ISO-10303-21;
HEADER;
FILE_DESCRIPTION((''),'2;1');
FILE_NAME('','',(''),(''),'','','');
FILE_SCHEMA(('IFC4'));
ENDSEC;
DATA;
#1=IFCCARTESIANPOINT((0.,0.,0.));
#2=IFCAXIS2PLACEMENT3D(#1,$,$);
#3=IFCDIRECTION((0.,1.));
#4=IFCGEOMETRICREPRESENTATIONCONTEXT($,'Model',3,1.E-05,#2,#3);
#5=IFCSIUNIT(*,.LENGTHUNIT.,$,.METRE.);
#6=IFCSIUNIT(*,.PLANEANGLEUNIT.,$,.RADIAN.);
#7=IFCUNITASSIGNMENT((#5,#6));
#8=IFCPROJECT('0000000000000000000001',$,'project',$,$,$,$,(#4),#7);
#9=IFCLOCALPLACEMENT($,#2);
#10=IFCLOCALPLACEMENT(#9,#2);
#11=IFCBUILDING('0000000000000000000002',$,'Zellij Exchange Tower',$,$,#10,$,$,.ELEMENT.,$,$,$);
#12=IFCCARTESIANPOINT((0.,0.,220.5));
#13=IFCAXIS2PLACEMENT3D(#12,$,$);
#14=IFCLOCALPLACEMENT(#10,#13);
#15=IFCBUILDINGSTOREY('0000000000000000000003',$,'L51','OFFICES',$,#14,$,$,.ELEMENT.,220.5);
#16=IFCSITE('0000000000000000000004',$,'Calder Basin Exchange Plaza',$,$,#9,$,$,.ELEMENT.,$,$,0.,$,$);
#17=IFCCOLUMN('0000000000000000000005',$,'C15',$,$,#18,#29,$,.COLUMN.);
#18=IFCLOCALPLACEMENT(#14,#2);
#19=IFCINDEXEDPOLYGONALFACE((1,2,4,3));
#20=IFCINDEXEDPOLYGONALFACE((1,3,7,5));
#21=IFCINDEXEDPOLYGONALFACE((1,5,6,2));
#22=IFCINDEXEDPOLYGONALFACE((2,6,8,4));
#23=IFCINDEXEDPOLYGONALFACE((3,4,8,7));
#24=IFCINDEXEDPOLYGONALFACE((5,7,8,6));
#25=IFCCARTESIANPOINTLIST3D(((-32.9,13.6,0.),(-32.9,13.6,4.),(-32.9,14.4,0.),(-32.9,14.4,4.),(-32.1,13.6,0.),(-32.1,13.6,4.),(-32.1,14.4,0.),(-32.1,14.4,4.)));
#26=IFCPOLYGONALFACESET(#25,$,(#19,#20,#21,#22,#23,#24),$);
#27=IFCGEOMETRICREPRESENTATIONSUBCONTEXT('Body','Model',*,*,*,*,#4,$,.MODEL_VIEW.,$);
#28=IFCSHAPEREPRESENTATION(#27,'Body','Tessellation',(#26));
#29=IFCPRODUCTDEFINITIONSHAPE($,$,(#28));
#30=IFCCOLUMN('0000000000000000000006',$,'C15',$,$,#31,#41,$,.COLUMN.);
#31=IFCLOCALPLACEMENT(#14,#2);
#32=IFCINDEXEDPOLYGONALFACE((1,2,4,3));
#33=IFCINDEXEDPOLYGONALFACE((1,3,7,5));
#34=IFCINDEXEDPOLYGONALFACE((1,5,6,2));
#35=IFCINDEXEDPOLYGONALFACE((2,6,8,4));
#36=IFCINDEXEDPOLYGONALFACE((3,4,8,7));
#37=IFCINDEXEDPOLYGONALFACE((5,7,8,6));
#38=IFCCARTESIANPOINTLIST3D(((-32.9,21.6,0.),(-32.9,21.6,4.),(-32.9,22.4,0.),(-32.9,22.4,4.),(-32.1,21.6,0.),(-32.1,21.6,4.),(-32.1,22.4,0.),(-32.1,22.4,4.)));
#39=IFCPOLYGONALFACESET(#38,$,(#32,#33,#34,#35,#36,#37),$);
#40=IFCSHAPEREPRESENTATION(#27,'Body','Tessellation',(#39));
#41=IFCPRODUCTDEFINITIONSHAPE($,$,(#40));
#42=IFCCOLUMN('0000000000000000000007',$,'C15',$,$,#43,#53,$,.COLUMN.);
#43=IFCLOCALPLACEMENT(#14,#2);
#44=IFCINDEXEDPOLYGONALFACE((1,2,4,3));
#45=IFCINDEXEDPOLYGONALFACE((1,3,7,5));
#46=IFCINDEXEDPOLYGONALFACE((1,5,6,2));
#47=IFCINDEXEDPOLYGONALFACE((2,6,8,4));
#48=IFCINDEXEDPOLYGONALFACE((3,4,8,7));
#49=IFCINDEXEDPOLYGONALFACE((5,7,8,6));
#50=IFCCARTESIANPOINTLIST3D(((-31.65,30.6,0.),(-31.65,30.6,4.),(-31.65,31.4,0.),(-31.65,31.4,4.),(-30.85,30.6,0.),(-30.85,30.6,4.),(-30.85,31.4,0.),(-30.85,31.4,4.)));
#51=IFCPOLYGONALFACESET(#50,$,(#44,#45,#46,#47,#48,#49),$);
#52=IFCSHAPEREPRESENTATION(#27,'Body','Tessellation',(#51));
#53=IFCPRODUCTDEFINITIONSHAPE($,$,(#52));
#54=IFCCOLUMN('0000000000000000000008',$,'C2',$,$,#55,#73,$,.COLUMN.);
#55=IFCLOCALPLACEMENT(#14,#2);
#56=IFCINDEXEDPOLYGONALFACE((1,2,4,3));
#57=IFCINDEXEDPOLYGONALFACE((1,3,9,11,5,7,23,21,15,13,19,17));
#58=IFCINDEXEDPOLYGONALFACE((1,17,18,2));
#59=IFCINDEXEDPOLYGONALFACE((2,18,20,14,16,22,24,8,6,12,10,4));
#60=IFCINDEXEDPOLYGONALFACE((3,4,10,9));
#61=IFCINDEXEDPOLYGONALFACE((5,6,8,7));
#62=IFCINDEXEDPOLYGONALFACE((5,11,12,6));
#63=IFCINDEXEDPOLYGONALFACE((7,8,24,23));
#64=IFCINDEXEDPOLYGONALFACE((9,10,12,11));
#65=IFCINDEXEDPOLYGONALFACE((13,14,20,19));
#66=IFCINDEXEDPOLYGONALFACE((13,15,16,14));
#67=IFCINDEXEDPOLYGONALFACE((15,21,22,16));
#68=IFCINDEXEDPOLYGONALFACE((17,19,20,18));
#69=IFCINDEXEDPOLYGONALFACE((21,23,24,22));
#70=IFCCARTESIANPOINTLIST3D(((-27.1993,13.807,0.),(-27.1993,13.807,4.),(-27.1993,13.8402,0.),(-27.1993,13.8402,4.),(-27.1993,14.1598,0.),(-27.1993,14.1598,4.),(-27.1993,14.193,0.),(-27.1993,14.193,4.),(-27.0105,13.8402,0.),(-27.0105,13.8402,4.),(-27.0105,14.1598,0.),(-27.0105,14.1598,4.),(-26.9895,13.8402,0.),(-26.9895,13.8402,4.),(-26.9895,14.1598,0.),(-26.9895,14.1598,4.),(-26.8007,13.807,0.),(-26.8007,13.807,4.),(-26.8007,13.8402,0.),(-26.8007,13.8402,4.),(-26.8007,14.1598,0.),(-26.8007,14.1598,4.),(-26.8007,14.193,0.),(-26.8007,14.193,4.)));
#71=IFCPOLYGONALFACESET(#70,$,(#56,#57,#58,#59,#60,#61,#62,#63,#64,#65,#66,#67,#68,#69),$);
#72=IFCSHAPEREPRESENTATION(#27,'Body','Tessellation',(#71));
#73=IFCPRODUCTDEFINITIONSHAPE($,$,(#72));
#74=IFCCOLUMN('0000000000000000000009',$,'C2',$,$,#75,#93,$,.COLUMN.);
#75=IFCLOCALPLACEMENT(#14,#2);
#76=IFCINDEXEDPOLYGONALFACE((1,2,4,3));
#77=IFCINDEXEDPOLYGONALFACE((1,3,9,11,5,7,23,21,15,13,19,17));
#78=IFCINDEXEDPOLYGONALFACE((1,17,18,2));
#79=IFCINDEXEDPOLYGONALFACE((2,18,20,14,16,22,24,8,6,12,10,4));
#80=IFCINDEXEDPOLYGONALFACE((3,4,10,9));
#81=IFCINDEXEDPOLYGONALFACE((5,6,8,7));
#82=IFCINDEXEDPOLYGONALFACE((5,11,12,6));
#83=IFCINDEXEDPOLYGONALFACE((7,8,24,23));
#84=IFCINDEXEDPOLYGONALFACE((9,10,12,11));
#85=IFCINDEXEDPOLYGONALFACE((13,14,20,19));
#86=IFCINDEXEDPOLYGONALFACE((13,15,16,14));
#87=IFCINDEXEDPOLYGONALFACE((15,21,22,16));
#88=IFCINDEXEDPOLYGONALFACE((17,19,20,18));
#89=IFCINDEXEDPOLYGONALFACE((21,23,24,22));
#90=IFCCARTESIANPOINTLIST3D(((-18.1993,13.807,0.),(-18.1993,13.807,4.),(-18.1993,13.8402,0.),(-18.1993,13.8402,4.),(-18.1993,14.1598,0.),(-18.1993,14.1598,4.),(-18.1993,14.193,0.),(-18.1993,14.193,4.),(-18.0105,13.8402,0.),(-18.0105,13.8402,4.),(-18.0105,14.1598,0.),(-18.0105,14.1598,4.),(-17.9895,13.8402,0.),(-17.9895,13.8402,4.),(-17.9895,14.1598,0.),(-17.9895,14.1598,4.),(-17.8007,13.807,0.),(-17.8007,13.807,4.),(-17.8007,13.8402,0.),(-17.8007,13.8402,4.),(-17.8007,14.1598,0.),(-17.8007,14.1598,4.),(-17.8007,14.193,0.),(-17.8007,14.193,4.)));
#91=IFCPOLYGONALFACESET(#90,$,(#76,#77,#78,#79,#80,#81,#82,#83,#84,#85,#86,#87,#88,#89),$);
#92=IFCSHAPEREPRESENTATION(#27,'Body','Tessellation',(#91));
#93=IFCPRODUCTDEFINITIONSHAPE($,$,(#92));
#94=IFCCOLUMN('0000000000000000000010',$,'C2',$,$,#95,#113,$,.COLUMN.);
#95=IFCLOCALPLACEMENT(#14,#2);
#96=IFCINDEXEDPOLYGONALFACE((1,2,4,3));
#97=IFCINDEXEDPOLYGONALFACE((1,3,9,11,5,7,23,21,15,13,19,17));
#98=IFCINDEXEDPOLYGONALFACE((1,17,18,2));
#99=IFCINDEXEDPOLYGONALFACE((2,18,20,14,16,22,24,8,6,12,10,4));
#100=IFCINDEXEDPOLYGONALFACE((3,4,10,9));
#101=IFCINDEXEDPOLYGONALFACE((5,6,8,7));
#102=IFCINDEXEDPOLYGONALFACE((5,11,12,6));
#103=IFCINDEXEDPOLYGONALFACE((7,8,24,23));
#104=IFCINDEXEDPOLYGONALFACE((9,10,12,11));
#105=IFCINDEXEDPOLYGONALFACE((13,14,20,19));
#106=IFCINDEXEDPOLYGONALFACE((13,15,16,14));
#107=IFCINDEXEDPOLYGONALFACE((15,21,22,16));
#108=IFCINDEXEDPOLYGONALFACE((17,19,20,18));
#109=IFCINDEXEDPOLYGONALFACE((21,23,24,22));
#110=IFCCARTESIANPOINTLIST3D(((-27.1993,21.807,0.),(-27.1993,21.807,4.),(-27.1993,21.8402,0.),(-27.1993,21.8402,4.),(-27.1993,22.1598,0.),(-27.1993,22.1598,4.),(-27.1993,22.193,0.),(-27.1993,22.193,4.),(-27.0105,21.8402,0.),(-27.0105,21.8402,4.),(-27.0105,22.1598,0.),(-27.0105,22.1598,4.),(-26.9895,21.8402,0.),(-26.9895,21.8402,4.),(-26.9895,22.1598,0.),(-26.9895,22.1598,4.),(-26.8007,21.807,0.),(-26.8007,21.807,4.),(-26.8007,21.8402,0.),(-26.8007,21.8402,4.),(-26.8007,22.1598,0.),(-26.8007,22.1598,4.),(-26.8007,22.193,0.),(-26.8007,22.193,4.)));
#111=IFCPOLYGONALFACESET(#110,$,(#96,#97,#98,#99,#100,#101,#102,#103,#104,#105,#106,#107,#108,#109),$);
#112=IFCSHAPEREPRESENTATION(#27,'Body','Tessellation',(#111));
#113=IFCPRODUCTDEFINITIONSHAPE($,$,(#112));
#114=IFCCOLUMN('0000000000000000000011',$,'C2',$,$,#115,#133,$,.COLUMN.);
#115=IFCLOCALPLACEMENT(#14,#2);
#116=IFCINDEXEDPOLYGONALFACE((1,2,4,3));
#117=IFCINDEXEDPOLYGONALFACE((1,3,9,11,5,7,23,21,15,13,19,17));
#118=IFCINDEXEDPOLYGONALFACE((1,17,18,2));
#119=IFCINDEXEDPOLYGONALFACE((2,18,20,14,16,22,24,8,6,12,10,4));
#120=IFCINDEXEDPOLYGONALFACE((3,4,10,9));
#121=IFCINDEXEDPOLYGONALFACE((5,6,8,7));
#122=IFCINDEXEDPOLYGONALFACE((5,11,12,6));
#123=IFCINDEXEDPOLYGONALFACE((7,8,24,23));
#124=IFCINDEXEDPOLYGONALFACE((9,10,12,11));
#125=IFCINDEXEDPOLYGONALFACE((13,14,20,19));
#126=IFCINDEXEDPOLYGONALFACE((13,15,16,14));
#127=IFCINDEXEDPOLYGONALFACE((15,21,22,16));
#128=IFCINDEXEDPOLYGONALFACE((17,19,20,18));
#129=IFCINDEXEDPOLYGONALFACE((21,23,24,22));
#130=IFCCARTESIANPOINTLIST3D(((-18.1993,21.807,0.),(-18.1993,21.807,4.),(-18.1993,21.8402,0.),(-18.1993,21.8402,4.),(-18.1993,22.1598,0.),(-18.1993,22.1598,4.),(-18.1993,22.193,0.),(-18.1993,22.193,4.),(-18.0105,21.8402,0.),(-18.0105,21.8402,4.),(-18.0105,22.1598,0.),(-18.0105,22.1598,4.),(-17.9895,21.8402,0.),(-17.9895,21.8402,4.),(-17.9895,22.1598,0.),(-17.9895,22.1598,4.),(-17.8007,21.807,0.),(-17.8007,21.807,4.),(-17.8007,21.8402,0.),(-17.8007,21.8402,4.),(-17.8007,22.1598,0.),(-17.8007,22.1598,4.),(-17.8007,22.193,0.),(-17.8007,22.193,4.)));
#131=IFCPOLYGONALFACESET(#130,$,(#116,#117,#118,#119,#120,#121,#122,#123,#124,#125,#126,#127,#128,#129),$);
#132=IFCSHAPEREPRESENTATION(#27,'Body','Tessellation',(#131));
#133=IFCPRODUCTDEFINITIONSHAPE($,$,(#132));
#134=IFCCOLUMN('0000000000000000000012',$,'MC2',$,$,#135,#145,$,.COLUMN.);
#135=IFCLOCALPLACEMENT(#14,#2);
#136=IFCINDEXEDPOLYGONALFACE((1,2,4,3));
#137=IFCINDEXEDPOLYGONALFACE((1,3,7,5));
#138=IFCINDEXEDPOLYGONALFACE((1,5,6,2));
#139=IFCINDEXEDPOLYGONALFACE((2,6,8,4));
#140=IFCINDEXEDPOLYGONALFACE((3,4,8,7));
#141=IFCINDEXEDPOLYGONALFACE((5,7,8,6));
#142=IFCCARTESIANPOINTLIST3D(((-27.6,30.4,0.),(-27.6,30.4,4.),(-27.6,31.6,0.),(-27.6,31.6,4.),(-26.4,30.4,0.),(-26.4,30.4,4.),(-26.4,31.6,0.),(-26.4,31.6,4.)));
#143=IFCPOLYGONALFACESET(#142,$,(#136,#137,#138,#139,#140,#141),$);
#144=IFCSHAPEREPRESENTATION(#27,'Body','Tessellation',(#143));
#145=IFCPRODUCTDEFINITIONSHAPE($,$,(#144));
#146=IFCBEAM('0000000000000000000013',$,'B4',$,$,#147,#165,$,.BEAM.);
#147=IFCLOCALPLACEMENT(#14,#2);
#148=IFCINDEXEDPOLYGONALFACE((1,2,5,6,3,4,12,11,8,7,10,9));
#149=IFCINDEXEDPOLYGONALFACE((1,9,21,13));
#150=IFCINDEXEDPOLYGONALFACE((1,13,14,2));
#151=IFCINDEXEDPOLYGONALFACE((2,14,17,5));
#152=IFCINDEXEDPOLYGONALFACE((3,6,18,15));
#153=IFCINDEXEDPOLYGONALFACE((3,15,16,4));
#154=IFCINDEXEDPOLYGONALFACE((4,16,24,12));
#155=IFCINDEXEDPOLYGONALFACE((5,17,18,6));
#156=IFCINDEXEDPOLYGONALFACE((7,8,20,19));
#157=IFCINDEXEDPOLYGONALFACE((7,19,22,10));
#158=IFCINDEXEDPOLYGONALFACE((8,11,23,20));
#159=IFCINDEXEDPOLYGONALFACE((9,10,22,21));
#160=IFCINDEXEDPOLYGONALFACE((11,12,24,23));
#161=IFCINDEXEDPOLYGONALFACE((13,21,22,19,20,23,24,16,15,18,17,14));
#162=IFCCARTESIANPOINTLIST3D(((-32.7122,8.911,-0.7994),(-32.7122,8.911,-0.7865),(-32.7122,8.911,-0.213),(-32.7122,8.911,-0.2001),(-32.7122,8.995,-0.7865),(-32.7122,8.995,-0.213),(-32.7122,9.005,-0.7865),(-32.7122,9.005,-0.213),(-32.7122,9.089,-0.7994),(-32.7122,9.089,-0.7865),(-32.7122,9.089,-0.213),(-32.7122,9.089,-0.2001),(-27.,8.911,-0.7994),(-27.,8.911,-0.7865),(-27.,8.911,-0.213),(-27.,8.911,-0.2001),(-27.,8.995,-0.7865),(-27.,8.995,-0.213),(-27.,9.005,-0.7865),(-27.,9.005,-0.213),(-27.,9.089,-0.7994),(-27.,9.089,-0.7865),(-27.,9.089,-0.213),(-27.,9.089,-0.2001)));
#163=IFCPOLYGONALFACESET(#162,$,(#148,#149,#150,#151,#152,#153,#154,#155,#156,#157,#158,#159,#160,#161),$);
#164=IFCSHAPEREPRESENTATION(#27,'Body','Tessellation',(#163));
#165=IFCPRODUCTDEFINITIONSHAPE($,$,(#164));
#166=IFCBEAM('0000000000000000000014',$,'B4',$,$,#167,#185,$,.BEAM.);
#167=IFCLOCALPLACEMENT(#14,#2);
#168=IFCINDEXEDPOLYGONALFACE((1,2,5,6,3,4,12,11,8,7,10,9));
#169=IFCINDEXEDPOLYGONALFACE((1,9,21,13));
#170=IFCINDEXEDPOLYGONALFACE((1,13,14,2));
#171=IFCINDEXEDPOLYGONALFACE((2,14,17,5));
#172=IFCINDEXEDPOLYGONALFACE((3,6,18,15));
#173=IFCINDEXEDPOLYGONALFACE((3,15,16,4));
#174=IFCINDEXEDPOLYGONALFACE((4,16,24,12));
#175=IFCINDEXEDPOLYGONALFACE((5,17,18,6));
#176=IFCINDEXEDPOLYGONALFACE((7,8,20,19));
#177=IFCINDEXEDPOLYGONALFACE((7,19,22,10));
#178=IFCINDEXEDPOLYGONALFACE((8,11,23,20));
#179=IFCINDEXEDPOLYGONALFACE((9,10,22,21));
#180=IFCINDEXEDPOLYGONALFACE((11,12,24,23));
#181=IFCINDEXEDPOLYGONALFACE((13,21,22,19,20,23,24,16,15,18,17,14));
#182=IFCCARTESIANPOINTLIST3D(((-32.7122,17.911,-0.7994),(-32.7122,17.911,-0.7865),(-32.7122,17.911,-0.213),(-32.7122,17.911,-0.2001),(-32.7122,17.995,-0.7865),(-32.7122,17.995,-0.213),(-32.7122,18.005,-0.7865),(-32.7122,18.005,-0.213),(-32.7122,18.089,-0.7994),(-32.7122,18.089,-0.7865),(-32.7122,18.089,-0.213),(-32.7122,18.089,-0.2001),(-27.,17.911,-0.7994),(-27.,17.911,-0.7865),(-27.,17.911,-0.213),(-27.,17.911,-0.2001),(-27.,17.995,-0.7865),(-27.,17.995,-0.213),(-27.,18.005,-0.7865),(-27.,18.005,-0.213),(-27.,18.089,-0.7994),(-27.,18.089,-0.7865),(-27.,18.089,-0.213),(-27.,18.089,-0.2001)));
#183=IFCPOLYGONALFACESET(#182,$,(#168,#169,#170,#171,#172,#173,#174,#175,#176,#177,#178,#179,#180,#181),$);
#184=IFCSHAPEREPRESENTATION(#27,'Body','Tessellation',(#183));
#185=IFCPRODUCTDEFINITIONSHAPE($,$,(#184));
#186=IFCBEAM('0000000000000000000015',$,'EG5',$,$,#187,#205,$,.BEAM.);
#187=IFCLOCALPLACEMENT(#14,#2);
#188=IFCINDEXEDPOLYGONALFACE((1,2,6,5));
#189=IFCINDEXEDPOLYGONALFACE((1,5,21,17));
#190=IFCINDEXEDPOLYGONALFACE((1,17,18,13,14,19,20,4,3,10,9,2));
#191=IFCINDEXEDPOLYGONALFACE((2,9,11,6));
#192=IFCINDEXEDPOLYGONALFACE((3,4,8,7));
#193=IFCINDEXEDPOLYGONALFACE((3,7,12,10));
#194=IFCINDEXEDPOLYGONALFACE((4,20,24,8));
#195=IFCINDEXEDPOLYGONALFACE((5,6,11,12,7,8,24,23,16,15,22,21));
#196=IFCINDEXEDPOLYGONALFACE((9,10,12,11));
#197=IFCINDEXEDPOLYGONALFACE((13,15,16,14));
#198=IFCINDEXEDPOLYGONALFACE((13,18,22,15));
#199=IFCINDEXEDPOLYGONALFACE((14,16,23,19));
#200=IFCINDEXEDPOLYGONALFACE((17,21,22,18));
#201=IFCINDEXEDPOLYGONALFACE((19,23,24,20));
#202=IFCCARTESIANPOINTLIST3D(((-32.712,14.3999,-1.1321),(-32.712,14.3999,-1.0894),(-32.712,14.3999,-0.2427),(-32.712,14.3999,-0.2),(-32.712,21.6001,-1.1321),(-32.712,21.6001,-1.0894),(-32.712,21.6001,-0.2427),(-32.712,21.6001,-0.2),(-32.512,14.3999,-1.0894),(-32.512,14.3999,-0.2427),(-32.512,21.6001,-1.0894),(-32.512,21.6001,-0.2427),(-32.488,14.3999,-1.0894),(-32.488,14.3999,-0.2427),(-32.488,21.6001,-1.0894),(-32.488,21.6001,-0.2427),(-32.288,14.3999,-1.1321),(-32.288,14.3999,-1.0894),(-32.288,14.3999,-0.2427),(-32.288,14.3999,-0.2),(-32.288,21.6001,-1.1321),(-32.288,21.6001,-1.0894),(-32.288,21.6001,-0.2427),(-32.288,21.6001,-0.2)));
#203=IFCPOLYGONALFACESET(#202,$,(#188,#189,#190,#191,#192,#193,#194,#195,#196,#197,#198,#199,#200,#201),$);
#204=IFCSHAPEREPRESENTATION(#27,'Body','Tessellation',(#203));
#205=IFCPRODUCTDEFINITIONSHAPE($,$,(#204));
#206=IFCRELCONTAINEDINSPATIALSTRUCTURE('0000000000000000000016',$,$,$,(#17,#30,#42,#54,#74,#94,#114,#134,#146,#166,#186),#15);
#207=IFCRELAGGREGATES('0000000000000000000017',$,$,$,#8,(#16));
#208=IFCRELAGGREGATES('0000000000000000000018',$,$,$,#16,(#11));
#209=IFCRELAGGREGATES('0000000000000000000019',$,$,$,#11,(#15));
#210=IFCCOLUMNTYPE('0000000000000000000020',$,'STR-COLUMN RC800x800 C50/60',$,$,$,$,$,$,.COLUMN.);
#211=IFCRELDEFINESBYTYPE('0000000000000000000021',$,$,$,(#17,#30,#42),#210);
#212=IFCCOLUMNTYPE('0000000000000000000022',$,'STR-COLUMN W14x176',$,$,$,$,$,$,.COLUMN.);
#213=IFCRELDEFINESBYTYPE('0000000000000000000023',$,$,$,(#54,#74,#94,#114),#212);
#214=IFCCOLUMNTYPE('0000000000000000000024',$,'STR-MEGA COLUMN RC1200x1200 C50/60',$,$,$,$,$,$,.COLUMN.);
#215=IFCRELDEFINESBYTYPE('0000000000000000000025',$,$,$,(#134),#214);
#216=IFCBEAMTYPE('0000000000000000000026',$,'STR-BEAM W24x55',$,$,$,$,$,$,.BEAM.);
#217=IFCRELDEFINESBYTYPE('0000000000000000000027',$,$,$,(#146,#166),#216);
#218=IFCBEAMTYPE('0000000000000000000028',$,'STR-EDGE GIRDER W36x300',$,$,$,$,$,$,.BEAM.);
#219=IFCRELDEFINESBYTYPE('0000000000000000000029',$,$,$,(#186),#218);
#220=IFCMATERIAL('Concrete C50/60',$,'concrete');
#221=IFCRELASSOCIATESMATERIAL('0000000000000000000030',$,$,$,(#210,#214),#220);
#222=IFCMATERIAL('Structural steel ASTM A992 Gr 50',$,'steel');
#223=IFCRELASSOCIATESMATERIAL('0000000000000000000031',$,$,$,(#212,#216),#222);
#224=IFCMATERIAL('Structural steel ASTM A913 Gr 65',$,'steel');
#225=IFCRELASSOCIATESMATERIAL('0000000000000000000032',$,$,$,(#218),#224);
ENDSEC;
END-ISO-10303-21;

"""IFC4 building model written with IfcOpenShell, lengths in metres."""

from ifc_helpers import new_model, si_unit, direction, frame, origin, origin_2d, place, context, subcontext, project, spatial, rectangle, i_section, extrude, material, material_profile, profile_set, type_object, element, save


model = new_model("IFC4")

# Units and contexts
model_context = context("Model", 3, precision=1e-05, world=origin(), true_north=direction((0.0, 1.0)))
body_context = subcontext(model_context, "Body", "Model", "MODEL_VIEW")
ifc_project = project(units=[si_unit("LENGTHUNIT", "METRE"), si_unit("PLANEANGLEUNIT", "RADIAN")], contexts=[model_context])

# Site, building, storey
site_placement = place(None, origin())
site = spatial("IfcSite", under=ifc_project, at=site_placement, Name="Calder Basin Exchange Plaza", CompositionType="ELEMENT", RefElevation=0.0)
building_placement = place(site_placement, origin())
building = spatial("IfcBuilding", under=site, at=building_placement, Name="Zellij Exchange Tower", CompositionType="ELEMENT")
storey_placement = place(building_placement, frame((0.0, 0.0, 220.5)))
storey = spatial("IfcBuildingStorey", under=building, at=storey_placement, Name="L51", Description="OFFICES", CompositionType="ELEMENT", Elevation=220.5)

# Columns
ifc_material_1 = material(Name="Concrete C50/60", Category="concrete")
ifc_material_profile_1 = material_profile(ifc_material_1, rectangle(XDim=0.8, YDim=0.8, at=origin_2d()), Name="STR-COLUMN RC800x800 C50/60")
ifc_profile_set_1 = profile_set([ifc_material_profile_1], Name="Concrete C50/60")
column_type_1 = type_object("IfcColumnType", Name="STR-COLUMN RC800x800 C50/60", PredefinedType="COLUMN", material=ifc_profile_set_1)
for number, where, z_axis, x_axis, name in (
    (1, (-32.5, 14.0, 0.0), (0.0, 0.0, 1.0), (1.0, 0.0, 0.0), "C15"),
    (2, (-32.5, 22.0, 0.0), (0.0, 0.0, 1.0), (1.0, 0.0, 0.0), "C15"),
    (3, (-31.25, 31.0, 0.0), (0.0, 0.0, 1.0), (1.0, 0.0, 0.0), "C15"),
):
    element("IfcColumn", number, at=place(storey_placement, frame(where, z_axis=z_axis, x_axis=x_axis)), inside=storey, type_object=column_type_1, Name=name, PredefinedType="COLUMN", context=body_context, shape_type="SweptSolid", body=[
        extrude(rectangle(XDim=0.8, YDim=0.8, at=origin_2d()), origin(), (0.0, 0.0, 1.0), 4.0),
    ])
ifc_material_2 = material(Name="Structural steel ASTM A992 Gr 50", Category="steel")
ifc_material_profile_2 = material_profile(ifc_material_2, i_section(OverallWidth=0.3987, OverallDepth=0.386, WebThickness=0.021, FlangeThickness=0.0332, at=origin_2d()), Name="W14x176")
ifc_profile_set_2 = profile_set([ifc_material_profile_2], Name="Structural steel ASTM A992 Gr 50")
column_type_2 = type_object("IfcColumnType", Name="STR-COLUMN W14x176", PredefinedType="COLUMN", material=ifc_profile_set_2)
for number, where, z_axis, x_axis, name in (
    (4, (-27.0, 14.0, 0.0), (0.0, 0.0, 1.0), (1.0, 0.0, 0.0), "C2"),
    (5, (-18.0, 14.0, 0.0), (0.0, 0.0, 1.0), (1.0, 0.0, 0.0), "C2"),
    (6, (-27.0, 22.0, 0.0), (0.0, 0.0, 1.0), (1.0, 0.0, 0.0), "C2"),
    (7, (-18.0, 22.0, 0.0), (0.0, 0.0, 1.0), (1.0, 0.0, 0.0), "C2"),
):
    element("IfcColumn", number, at=place(storey_placement, frame(where, z_axis=z_axis, x_axis=x_axis)), inside=storey, type_object=column_type_2, Name=name, PredefinedType="COLUMN", context=body_context, shape_type="SweptSolid", body=[
        extrude(i_section(OverallWidth=0.3987, OverallDepth=0.386, WebThickness=0.021, FlangeThickness=0.0332, at=origin_2d()), origin(), (0.0, 0.0, 1.0), 4.0),
    ])
ifc_material_profile_3 = material_profile(ifc_material_1, rectangle(XDim=1.2, YDim=1.2, at=origin_2d()), Name="STR-MEGA COLUMN RC1200x1200 C50/60")
ifc_profile_set_3 = profile_set([ifc_material_profile_3], Name="Concrete C50/60")
column_type_3 = type_object("IfcColumnType", Name="STR-MEGA COLUMN RC1200x1200 C50/60", PredefinedType="COLUMN", material=ifc_profile_set_3)
column_placement = place(storey_placement, frame((-27.0, 31.0, 0.0), z_axis=(0.0, 0.0, 1.0), x_axis=(1.0, 0.0, 0.0)))
element("IfcColumn", 8, at=column_placement, inside=storey, type_object=column_type_3, Name="MC2", PredefinedType="COLUMN", context=body_context, shape_type="SweptSolid", body=[
    extrude(rectangle(XDim=1.2, YDim=1.2, at=origin_2d()), origin(), (0.0, 0.0, 1.0), 4.0),
])

# Beams
ifc_material_profile_4 = material_profile(ifc_material_2, i_section(OverallWidth=0.178, OverallDepth=0.5994, WebThickness=0.01, FlangeThickness=0.0129, at=origin_2d()), Name="W24x55")
ifc_profile_set_4 = profile_set([ifc_material_profile_4], Name="Structural steel ASTM A992 Gr 50")
beam_type_1 = type_object("IfcBeamType", Name="STR-BEAM W24x55", PredefinedType="BEAM", material=ifc_profile_set_4)
for number, where, z_axis, x_axis, name in (
    (9, (-32.7122, 9.0, -0.4998), (1.0, 0.0, 0.0), (0.0, 1.0, 0.0), "B4"),
    (10, (-32.7122, 18.0, -0.4998), (1.0, 0.0, 0.0), (0.0, 1.0, 0.0), "B4"),
):
    element("IfcBeam", number, at=place(storey_placement, frame(where, z_axis=z_axis, x_axis=x_axis)), inside=storey, type_object=beam_type_1, Name=name, PredefinedType="BEAM", context=body_context, shape_type="SweptSolid", body=[
        extrude(i_section(OverallWidth=0.178, OverallDepth=0.5994, WebThickness=0.01, FlangeThickness=0.0129, at=origin_2d()), origin(), (0.0, 0.0, 1.0), 5.7122),
    ])
ifc_material_3 = material(Name="Structural steel ASTM A913 Gr 65", Category="steel")
ifc_material_profile_5 = material_profile(ifc_material_3, i_section(OverallWidth=0.4241, OverallDepth=0.9321, WebThickness=0.0239, FlangeThickness=0.0427, at=origin_2d()), Name="W36x300")
ifc_profile_set_5 = profile_set([ifc_material_profile_5], Name="Structural steel ASTM A913 Gr 65")
beam_type_2 = type_object("IfcBeamType", Name="STR-EDGE GIRDER W36x300", PredefinedType="BEAM", material=ifc_profile_set_5)
beam_placement = place(storey_placement, frame((-32.5, 14.3999, -0.666), z_axis=(0.0, 1.0, 0.0), x_axis=(-1.0, 0.0, 0.0)))
element("IfcBeam", 11, at=beam_placement, inside=storey, type_object=beam_type_2, Name="EG5", PredefinedType="BEAM", context=body_context, shape_type="SweptSolid", body=[
    extrude(i_section(OverallWidth=0.4241, OverallDepth=0.9321, WebThickness=0.0239, FlangeThickness=0.0427, at=origin_2d()), origin(), (0.0, 0.0, 1.0), 7.2002),
])

save(model, "model.ifc")
